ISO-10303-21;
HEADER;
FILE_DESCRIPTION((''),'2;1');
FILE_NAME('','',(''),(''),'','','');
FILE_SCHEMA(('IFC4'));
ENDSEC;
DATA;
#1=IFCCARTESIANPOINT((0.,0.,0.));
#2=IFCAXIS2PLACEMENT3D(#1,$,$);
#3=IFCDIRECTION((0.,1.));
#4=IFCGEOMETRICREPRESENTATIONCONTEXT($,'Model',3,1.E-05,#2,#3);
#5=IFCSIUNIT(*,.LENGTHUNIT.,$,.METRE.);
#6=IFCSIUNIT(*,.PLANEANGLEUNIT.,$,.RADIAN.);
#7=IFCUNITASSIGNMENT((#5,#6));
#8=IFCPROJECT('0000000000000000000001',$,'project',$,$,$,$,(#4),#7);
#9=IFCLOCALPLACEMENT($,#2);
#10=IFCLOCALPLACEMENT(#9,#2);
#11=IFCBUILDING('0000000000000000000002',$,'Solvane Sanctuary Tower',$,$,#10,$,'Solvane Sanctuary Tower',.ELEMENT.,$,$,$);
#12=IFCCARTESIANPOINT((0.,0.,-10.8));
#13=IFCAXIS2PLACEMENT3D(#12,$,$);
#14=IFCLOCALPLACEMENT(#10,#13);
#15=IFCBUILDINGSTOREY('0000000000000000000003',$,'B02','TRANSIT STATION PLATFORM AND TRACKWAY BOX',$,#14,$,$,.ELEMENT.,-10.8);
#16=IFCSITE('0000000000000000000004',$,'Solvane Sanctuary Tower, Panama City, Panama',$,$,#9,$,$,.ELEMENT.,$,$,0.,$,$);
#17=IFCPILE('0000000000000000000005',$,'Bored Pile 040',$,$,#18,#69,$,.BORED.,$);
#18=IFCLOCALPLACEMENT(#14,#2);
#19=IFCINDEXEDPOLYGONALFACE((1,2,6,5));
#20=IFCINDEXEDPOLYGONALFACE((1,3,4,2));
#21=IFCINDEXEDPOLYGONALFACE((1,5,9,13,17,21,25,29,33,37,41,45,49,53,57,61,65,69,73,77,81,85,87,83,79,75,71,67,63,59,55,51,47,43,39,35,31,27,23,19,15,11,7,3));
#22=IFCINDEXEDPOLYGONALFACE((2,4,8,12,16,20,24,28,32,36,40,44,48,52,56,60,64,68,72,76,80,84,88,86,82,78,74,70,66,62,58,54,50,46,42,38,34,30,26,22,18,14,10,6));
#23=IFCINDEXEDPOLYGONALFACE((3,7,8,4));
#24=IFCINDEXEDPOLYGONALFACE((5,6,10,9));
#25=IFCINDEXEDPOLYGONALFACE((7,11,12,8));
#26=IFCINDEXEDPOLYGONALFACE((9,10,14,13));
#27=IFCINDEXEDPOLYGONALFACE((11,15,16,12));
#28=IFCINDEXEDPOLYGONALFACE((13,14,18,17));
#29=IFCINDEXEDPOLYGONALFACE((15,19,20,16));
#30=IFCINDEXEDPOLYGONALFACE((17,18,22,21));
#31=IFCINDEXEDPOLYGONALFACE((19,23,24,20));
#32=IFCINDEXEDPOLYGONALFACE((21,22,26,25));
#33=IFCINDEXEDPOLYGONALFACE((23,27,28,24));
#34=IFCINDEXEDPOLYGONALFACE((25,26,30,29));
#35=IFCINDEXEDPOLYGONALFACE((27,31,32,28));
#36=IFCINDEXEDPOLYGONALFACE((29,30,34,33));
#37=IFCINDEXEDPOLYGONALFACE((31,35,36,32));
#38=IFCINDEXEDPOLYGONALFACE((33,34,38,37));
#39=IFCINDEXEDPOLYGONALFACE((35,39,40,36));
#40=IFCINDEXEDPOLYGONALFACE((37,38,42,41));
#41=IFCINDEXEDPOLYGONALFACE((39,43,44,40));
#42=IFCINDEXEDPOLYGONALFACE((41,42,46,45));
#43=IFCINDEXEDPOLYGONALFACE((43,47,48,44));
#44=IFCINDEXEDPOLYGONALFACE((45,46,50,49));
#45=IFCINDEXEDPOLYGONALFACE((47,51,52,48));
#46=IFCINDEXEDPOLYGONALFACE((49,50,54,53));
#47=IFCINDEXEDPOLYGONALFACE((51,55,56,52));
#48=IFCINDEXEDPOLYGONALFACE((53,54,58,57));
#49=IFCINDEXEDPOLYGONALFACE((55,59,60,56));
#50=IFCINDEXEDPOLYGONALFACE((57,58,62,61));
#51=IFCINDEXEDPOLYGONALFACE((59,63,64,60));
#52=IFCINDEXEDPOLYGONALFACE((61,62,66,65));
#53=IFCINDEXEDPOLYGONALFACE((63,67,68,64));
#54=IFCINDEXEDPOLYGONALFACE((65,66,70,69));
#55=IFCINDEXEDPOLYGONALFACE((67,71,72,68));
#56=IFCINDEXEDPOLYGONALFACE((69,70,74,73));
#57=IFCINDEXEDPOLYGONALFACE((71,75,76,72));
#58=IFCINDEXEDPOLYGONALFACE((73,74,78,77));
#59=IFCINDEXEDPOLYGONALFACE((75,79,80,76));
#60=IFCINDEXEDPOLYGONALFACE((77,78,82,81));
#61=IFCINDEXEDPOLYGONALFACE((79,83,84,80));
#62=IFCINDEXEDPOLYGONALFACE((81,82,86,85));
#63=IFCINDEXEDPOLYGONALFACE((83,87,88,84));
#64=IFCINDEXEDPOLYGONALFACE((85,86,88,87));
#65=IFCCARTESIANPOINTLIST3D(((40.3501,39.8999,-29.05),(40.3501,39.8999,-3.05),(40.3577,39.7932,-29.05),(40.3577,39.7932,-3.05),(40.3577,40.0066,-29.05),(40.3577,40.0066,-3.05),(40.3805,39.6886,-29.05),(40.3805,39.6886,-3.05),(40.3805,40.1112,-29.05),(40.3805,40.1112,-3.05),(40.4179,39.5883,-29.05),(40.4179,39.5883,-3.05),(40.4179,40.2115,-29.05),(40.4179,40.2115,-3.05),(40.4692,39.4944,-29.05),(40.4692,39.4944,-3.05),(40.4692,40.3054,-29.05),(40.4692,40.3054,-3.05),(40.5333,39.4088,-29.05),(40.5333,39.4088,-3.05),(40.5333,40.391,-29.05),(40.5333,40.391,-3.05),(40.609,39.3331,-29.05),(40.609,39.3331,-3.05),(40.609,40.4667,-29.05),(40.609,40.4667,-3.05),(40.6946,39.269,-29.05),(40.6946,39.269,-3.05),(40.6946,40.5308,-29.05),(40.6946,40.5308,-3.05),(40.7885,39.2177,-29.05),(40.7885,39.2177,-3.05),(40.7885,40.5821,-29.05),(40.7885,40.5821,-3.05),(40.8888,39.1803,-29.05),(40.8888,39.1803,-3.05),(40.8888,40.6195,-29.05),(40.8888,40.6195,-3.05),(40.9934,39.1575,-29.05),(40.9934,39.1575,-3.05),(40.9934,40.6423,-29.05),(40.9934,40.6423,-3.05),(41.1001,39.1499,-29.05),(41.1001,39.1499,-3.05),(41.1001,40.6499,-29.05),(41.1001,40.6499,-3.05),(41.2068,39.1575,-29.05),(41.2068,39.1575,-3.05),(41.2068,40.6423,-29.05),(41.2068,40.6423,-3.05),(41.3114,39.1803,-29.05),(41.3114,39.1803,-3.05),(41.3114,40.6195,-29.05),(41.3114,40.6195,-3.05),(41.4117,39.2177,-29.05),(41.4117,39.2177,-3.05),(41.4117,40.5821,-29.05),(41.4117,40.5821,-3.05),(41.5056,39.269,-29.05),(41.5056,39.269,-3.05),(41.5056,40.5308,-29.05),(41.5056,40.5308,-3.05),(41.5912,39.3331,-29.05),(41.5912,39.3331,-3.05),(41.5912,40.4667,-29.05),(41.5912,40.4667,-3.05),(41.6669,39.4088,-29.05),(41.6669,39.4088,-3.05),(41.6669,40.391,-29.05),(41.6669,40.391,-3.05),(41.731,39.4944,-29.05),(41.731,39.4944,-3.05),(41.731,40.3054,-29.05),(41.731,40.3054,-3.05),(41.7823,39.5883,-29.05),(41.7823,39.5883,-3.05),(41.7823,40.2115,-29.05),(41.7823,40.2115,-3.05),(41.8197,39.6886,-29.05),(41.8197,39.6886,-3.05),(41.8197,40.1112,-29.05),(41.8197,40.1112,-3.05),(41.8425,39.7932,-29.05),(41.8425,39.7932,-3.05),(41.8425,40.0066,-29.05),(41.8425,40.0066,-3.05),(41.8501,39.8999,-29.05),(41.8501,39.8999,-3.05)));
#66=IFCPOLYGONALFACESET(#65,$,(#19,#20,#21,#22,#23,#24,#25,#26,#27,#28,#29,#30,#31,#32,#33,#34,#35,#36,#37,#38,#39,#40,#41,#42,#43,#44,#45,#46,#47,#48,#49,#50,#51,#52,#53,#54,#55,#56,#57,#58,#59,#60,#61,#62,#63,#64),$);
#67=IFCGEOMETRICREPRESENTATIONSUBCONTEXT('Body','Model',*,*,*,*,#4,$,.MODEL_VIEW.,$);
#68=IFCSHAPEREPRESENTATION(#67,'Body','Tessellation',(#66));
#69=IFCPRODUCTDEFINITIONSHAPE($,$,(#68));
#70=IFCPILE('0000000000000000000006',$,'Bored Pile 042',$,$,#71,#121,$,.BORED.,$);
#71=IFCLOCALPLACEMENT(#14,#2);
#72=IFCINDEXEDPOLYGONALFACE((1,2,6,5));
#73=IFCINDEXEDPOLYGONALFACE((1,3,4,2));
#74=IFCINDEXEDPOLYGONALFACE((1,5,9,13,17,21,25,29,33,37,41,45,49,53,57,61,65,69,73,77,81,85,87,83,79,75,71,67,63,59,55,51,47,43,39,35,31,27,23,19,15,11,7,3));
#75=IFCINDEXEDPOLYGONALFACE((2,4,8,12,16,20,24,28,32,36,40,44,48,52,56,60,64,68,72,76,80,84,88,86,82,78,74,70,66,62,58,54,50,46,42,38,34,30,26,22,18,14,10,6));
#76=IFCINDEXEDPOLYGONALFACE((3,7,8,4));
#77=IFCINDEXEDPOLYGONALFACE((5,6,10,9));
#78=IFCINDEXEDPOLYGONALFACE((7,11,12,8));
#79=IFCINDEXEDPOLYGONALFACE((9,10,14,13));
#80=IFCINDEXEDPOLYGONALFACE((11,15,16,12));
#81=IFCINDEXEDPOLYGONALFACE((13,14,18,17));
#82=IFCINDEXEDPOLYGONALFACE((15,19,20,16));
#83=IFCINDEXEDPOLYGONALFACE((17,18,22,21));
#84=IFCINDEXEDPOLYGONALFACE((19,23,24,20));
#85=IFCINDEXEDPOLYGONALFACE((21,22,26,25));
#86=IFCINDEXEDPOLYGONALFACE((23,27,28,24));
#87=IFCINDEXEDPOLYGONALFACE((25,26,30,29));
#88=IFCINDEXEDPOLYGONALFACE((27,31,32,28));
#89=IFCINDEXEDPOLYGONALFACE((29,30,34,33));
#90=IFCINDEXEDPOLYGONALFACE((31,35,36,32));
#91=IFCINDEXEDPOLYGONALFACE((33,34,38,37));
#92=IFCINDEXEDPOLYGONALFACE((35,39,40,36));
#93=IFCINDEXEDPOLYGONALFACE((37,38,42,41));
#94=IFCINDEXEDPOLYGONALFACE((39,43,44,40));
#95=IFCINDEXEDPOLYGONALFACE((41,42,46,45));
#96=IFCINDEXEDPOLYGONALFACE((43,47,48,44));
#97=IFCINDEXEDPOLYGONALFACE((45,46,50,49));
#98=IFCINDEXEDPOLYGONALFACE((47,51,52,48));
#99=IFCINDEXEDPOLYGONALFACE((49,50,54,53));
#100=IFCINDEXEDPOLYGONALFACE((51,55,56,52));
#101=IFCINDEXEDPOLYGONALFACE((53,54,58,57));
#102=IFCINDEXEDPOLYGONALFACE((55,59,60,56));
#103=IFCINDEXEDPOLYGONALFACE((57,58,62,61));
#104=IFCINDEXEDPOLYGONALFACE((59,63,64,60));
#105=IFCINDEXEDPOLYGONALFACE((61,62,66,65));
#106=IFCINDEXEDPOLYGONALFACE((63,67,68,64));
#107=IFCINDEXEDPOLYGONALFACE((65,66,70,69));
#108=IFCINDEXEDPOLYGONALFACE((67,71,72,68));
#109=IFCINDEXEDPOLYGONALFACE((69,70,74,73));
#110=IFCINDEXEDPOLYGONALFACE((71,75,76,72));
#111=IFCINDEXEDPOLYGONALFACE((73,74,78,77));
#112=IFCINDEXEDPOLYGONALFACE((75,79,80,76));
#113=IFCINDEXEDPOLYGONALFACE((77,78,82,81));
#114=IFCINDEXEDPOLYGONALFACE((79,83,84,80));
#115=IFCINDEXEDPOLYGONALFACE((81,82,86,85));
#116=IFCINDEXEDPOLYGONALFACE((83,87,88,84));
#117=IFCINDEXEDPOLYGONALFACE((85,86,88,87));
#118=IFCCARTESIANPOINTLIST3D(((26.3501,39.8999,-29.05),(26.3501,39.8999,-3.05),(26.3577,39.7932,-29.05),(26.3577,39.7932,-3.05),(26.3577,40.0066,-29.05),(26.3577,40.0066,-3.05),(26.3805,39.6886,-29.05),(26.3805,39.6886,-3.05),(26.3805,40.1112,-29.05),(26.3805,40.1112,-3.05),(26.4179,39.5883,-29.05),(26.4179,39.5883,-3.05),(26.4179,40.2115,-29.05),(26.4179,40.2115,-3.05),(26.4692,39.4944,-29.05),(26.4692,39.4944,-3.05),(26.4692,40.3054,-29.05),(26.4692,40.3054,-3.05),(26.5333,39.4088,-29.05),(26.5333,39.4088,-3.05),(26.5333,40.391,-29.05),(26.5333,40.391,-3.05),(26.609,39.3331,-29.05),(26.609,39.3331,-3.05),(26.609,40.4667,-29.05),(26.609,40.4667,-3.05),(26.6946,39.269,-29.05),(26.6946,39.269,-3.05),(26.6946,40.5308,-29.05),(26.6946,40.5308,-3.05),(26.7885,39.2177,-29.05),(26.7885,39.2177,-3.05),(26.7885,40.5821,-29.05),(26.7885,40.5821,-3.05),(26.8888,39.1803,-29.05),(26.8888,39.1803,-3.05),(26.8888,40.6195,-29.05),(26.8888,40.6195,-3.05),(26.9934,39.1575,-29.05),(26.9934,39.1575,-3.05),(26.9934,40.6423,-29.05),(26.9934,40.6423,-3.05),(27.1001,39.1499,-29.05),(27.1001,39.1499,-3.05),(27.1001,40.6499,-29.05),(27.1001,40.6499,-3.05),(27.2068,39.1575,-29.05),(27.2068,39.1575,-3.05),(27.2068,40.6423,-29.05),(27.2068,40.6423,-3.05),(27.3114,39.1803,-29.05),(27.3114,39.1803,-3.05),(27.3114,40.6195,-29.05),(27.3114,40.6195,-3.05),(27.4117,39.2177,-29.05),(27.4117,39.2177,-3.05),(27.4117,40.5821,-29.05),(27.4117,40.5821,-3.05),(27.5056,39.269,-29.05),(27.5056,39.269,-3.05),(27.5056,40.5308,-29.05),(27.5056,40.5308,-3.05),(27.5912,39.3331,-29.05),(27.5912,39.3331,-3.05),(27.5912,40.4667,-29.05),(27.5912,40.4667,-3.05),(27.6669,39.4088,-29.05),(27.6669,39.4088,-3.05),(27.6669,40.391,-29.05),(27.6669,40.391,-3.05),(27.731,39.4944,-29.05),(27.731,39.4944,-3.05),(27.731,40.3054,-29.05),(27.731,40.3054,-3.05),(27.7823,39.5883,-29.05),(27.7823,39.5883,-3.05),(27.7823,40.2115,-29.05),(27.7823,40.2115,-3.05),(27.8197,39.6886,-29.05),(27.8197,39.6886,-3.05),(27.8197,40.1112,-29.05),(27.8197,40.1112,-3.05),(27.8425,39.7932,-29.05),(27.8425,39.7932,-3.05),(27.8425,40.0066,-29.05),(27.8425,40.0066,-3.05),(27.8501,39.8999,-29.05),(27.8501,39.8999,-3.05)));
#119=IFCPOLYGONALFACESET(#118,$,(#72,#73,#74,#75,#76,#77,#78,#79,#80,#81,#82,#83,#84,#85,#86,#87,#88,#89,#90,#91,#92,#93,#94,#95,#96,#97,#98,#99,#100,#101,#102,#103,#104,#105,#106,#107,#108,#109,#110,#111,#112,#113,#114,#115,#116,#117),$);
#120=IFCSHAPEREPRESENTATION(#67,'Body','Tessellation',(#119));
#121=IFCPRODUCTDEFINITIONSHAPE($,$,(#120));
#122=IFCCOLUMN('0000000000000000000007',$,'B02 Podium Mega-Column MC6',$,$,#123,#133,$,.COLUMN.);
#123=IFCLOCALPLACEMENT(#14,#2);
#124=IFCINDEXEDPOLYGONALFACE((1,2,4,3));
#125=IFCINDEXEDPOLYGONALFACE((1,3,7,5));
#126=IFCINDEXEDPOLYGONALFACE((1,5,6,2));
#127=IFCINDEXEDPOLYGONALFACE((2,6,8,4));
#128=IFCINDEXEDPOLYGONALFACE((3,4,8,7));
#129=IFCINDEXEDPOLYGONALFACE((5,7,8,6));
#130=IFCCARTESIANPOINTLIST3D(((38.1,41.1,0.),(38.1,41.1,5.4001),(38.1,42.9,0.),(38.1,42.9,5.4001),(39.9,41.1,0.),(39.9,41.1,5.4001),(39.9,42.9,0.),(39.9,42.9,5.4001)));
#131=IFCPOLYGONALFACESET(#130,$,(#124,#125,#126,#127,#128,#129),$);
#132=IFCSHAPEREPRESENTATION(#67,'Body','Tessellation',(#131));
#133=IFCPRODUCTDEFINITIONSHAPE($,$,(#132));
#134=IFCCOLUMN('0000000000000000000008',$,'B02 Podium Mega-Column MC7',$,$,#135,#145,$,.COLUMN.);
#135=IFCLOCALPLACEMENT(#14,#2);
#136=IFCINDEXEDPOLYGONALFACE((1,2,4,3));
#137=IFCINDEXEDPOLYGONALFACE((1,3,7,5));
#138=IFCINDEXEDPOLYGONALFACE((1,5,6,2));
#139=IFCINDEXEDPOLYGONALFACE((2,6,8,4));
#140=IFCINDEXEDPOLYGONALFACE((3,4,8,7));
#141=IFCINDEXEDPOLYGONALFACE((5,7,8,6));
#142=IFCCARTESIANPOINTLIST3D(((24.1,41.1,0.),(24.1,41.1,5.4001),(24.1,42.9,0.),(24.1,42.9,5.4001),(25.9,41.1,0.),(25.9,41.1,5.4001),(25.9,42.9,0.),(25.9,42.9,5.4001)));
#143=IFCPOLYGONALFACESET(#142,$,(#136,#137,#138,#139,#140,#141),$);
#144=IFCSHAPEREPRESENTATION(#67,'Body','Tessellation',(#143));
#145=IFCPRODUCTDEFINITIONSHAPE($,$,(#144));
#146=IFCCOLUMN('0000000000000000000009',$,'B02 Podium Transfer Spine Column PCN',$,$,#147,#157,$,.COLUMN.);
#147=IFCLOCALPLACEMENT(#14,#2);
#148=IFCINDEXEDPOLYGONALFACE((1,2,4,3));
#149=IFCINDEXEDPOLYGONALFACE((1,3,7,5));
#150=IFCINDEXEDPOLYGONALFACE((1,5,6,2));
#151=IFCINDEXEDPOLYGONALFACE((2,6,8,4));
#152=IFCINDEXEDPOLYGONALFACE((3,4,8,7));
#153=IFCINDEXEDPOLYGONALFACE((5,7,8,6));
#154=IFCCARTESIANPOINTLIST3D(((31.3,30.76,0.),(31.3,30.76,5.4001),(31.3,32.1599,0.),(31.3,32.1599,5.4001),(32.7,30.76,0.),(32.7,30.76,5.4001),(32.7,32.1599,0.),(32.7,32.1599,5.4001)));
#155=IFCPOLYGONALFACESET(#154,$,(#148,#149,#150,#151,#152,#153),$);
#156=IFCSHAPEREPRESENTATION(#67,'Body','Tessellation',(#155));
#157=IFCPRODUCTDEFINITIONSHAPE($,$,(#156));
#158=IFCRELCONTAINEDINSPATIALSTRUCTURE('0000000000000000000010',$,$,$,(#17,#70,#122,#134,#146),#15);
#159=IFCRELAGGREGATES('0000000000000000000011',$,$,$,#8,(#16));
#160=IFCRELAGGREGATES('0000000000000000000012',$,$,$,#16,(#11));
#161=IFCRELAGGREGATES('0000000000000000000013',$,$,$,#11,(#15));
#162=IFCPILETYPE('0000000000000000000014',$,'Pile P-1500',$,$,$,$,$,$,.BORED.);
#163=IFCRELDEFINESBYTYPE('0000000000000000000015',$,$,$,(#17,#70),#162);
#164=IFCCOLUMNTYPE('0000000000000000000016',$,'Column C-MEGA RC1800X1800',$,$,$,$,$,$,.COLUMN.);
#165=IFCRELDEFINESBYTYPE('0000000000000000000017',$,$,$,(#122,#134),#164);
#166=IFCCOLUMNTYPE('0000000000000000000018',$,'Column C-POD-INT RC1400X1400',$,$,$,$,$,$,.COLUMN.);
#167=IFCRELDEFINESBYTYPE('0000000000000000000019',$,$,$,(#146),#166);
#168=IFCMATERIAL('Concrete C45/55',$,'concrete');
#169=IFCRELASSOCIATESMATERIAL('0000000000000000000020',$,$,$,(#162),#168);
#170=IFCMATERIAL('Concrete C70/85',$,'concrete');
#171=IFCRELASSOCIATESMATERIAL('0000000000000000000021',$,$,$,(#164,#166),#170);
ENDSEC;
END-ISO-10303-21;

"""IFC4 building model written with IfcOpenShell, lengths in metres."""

from ifc_helpers import new_model, si_unit, direction, frame, origin, origin_2d, place, context, subcontext, project, spatial, rectangle, circle, extrude, material, material_profile, profile_set, type_object, element, save


model = new_model("IFC4")

# Units and contexts
model_context = context("Model", 3, precision=1e-05, world=origin(), true_north=direction((0.0, 1.0)))
body_context = subcontext(model_context, "Body", "Model", "MODEL_VIEW")
ifc_project = project(units=[si_unit("LENGTHUNIT", "METRE"), si_unit("PLANEANGLEUNIT", "RADIAN")], contexts=[model_context])

# Site, building, storey
site_placement = place(None, origin())
site = spatial("IfcSite", under=ifc_project, at=site_placement, Name="Solvane Sanctuary Tower, Panama City, Panama", CompositionType="ELEMENT", RefElevation=0.0)
building_placement = place(site_placement, origin())
building = spatial("IfcBuilding", under=site, at=building_placement, Name="Solvane Sanctuary Tower", LongName="Solvane Sanctuary Tower", CompositionType="ELEMENT")
storey_placement = place(building_placement, frame((0.0, 0.0, -10.8)))
storey = spatial("IfcBuildingStorey", under=building, at=storey_placement, Name="B02", Description="TRANSIT STATION PLATFORM AND TRACKWAY BOX", CompositionType="ELEMENT", Elevation=-10.8)

# Piles
ifc_material_1 = material(Name="Concrete C45/55", Category="concrete")
ifc_material_profile_1 = material_profile(ifc_material_1, circle(Radius=0.75, at=origin_2d()), Name="PILE1500")
ifc_profile_set_1 = profile_set([ifc_material_profile_1], Name="Concrete C45/55")
pile_type_1 = type_object("IfcPileType", Name="Pile P-1500", PredefinedType="BORED", material=ifc_profile_set_1)
for number, where, z_axis, x_axis, name in (
    (1, (41.1001, 39.8999, -3.05), (0.0, 0.0, -1.0), (1.0, 0.0, 0.0), "Bored Pile 040"),
    (2, (27.1001, 39.8999, -3.05), (0.0, 0.0, -1.0), (1.0, 0.0, 0.0), "Bored Pile 042"),
):
    element("IfcPile", number, at=place(storey_placement, frame(where, z_axis=z_axis, x_axis=x_axis)), inside=storey, type_object=pile_type_1, Name=name, PredefinedType="BORED", context=body_context, shape_type="SweptSolid", body=[
        extrude(circle(Radius=0.75, at=origin_2d()), origin(), (0.0, 0.0, 1.0), 26.0),
    ])

# Columns
ifc_material_2 = material(Name="Concrete C70/85", Category="concrete")
ifc_material_profile_2 = material_profile(ifc_material_2, rectangle(XDim=1.8, YDim=1.8, at=origin_2d()), Name="RC1800X1800")
ifc_profile_set_2 = profile_set([ifc_material_profile_2], Name="Concrete C70/85")
column_type_1 = type_object("IfcColumnType", Name="Column C-MEGA RC1800X1800", PredefinedType="COLUMN", material=ifc_profile_set_2)
for number, where, z_axis, x_axis, name in (
    (3, (39.0, 42.0, 0.0), (0.0, 0.0, 1.0), (1.0, 0.0, 0.0), "B02 Podium Mega-Column MC6"),
    (4, (25.0, 42.0, 0.0), (0.0, 0.0, 1.0), (1.0, 0.0, 0.0), "B02 Podium Mega-Column MC7"),
):
    element("IfcColumn", number, at=place(storey_placement, frame(where, z_axis=z_axis, x_axis=x_axis)), inside=storey, type_object=column_type_1, Name=name, PredefinedType="COLUMN", context=body_context, shape_type="SweptSolid", body=[
        extrude(rectangle(XDim=1.8, YDim=1.8, at=origin_2d()), origin(), (0.0, 0.0, 1.0), 5.4001),
    ])
ifc_material_profile_3 = material_profile(ifc_material_2, rectangle(XDim=1.3999, YDim=1.3999, at=origin_2d()), Name="RC1400X1400")
ifc_profile_set_3 = profile_set([ifc_material_profile_3], Name="Concrete C70/85")
column_type_2 = type_object("IfcColumnType", Name="Column C-POD-INT RC1400X1400", PredefinedType="COLUMN", material=ifc_profile_set_3)
column_placement = place(storey_placement, frame((32.0, 31.46, 0.0), z_axis=(0.0, 0.0, 1.0), x_axis=(1.0, 0.0, 0.0)))
element("IfcColumn", 5, at=column_placement, inside=storey, type_object=column_type_2, Name="B02 Podium Transfer Spine Column PCN", PredefinedType="COLUMN", context=body_context, shape_type="SweptSolid", body=[
    extrude(rectangle(XDim=1.3999, YDim=1.3999, at=origin_2d()), origin(), (0.0, 0.0, 1.0), 5.4001),
])

save(model, "model.ifc")
